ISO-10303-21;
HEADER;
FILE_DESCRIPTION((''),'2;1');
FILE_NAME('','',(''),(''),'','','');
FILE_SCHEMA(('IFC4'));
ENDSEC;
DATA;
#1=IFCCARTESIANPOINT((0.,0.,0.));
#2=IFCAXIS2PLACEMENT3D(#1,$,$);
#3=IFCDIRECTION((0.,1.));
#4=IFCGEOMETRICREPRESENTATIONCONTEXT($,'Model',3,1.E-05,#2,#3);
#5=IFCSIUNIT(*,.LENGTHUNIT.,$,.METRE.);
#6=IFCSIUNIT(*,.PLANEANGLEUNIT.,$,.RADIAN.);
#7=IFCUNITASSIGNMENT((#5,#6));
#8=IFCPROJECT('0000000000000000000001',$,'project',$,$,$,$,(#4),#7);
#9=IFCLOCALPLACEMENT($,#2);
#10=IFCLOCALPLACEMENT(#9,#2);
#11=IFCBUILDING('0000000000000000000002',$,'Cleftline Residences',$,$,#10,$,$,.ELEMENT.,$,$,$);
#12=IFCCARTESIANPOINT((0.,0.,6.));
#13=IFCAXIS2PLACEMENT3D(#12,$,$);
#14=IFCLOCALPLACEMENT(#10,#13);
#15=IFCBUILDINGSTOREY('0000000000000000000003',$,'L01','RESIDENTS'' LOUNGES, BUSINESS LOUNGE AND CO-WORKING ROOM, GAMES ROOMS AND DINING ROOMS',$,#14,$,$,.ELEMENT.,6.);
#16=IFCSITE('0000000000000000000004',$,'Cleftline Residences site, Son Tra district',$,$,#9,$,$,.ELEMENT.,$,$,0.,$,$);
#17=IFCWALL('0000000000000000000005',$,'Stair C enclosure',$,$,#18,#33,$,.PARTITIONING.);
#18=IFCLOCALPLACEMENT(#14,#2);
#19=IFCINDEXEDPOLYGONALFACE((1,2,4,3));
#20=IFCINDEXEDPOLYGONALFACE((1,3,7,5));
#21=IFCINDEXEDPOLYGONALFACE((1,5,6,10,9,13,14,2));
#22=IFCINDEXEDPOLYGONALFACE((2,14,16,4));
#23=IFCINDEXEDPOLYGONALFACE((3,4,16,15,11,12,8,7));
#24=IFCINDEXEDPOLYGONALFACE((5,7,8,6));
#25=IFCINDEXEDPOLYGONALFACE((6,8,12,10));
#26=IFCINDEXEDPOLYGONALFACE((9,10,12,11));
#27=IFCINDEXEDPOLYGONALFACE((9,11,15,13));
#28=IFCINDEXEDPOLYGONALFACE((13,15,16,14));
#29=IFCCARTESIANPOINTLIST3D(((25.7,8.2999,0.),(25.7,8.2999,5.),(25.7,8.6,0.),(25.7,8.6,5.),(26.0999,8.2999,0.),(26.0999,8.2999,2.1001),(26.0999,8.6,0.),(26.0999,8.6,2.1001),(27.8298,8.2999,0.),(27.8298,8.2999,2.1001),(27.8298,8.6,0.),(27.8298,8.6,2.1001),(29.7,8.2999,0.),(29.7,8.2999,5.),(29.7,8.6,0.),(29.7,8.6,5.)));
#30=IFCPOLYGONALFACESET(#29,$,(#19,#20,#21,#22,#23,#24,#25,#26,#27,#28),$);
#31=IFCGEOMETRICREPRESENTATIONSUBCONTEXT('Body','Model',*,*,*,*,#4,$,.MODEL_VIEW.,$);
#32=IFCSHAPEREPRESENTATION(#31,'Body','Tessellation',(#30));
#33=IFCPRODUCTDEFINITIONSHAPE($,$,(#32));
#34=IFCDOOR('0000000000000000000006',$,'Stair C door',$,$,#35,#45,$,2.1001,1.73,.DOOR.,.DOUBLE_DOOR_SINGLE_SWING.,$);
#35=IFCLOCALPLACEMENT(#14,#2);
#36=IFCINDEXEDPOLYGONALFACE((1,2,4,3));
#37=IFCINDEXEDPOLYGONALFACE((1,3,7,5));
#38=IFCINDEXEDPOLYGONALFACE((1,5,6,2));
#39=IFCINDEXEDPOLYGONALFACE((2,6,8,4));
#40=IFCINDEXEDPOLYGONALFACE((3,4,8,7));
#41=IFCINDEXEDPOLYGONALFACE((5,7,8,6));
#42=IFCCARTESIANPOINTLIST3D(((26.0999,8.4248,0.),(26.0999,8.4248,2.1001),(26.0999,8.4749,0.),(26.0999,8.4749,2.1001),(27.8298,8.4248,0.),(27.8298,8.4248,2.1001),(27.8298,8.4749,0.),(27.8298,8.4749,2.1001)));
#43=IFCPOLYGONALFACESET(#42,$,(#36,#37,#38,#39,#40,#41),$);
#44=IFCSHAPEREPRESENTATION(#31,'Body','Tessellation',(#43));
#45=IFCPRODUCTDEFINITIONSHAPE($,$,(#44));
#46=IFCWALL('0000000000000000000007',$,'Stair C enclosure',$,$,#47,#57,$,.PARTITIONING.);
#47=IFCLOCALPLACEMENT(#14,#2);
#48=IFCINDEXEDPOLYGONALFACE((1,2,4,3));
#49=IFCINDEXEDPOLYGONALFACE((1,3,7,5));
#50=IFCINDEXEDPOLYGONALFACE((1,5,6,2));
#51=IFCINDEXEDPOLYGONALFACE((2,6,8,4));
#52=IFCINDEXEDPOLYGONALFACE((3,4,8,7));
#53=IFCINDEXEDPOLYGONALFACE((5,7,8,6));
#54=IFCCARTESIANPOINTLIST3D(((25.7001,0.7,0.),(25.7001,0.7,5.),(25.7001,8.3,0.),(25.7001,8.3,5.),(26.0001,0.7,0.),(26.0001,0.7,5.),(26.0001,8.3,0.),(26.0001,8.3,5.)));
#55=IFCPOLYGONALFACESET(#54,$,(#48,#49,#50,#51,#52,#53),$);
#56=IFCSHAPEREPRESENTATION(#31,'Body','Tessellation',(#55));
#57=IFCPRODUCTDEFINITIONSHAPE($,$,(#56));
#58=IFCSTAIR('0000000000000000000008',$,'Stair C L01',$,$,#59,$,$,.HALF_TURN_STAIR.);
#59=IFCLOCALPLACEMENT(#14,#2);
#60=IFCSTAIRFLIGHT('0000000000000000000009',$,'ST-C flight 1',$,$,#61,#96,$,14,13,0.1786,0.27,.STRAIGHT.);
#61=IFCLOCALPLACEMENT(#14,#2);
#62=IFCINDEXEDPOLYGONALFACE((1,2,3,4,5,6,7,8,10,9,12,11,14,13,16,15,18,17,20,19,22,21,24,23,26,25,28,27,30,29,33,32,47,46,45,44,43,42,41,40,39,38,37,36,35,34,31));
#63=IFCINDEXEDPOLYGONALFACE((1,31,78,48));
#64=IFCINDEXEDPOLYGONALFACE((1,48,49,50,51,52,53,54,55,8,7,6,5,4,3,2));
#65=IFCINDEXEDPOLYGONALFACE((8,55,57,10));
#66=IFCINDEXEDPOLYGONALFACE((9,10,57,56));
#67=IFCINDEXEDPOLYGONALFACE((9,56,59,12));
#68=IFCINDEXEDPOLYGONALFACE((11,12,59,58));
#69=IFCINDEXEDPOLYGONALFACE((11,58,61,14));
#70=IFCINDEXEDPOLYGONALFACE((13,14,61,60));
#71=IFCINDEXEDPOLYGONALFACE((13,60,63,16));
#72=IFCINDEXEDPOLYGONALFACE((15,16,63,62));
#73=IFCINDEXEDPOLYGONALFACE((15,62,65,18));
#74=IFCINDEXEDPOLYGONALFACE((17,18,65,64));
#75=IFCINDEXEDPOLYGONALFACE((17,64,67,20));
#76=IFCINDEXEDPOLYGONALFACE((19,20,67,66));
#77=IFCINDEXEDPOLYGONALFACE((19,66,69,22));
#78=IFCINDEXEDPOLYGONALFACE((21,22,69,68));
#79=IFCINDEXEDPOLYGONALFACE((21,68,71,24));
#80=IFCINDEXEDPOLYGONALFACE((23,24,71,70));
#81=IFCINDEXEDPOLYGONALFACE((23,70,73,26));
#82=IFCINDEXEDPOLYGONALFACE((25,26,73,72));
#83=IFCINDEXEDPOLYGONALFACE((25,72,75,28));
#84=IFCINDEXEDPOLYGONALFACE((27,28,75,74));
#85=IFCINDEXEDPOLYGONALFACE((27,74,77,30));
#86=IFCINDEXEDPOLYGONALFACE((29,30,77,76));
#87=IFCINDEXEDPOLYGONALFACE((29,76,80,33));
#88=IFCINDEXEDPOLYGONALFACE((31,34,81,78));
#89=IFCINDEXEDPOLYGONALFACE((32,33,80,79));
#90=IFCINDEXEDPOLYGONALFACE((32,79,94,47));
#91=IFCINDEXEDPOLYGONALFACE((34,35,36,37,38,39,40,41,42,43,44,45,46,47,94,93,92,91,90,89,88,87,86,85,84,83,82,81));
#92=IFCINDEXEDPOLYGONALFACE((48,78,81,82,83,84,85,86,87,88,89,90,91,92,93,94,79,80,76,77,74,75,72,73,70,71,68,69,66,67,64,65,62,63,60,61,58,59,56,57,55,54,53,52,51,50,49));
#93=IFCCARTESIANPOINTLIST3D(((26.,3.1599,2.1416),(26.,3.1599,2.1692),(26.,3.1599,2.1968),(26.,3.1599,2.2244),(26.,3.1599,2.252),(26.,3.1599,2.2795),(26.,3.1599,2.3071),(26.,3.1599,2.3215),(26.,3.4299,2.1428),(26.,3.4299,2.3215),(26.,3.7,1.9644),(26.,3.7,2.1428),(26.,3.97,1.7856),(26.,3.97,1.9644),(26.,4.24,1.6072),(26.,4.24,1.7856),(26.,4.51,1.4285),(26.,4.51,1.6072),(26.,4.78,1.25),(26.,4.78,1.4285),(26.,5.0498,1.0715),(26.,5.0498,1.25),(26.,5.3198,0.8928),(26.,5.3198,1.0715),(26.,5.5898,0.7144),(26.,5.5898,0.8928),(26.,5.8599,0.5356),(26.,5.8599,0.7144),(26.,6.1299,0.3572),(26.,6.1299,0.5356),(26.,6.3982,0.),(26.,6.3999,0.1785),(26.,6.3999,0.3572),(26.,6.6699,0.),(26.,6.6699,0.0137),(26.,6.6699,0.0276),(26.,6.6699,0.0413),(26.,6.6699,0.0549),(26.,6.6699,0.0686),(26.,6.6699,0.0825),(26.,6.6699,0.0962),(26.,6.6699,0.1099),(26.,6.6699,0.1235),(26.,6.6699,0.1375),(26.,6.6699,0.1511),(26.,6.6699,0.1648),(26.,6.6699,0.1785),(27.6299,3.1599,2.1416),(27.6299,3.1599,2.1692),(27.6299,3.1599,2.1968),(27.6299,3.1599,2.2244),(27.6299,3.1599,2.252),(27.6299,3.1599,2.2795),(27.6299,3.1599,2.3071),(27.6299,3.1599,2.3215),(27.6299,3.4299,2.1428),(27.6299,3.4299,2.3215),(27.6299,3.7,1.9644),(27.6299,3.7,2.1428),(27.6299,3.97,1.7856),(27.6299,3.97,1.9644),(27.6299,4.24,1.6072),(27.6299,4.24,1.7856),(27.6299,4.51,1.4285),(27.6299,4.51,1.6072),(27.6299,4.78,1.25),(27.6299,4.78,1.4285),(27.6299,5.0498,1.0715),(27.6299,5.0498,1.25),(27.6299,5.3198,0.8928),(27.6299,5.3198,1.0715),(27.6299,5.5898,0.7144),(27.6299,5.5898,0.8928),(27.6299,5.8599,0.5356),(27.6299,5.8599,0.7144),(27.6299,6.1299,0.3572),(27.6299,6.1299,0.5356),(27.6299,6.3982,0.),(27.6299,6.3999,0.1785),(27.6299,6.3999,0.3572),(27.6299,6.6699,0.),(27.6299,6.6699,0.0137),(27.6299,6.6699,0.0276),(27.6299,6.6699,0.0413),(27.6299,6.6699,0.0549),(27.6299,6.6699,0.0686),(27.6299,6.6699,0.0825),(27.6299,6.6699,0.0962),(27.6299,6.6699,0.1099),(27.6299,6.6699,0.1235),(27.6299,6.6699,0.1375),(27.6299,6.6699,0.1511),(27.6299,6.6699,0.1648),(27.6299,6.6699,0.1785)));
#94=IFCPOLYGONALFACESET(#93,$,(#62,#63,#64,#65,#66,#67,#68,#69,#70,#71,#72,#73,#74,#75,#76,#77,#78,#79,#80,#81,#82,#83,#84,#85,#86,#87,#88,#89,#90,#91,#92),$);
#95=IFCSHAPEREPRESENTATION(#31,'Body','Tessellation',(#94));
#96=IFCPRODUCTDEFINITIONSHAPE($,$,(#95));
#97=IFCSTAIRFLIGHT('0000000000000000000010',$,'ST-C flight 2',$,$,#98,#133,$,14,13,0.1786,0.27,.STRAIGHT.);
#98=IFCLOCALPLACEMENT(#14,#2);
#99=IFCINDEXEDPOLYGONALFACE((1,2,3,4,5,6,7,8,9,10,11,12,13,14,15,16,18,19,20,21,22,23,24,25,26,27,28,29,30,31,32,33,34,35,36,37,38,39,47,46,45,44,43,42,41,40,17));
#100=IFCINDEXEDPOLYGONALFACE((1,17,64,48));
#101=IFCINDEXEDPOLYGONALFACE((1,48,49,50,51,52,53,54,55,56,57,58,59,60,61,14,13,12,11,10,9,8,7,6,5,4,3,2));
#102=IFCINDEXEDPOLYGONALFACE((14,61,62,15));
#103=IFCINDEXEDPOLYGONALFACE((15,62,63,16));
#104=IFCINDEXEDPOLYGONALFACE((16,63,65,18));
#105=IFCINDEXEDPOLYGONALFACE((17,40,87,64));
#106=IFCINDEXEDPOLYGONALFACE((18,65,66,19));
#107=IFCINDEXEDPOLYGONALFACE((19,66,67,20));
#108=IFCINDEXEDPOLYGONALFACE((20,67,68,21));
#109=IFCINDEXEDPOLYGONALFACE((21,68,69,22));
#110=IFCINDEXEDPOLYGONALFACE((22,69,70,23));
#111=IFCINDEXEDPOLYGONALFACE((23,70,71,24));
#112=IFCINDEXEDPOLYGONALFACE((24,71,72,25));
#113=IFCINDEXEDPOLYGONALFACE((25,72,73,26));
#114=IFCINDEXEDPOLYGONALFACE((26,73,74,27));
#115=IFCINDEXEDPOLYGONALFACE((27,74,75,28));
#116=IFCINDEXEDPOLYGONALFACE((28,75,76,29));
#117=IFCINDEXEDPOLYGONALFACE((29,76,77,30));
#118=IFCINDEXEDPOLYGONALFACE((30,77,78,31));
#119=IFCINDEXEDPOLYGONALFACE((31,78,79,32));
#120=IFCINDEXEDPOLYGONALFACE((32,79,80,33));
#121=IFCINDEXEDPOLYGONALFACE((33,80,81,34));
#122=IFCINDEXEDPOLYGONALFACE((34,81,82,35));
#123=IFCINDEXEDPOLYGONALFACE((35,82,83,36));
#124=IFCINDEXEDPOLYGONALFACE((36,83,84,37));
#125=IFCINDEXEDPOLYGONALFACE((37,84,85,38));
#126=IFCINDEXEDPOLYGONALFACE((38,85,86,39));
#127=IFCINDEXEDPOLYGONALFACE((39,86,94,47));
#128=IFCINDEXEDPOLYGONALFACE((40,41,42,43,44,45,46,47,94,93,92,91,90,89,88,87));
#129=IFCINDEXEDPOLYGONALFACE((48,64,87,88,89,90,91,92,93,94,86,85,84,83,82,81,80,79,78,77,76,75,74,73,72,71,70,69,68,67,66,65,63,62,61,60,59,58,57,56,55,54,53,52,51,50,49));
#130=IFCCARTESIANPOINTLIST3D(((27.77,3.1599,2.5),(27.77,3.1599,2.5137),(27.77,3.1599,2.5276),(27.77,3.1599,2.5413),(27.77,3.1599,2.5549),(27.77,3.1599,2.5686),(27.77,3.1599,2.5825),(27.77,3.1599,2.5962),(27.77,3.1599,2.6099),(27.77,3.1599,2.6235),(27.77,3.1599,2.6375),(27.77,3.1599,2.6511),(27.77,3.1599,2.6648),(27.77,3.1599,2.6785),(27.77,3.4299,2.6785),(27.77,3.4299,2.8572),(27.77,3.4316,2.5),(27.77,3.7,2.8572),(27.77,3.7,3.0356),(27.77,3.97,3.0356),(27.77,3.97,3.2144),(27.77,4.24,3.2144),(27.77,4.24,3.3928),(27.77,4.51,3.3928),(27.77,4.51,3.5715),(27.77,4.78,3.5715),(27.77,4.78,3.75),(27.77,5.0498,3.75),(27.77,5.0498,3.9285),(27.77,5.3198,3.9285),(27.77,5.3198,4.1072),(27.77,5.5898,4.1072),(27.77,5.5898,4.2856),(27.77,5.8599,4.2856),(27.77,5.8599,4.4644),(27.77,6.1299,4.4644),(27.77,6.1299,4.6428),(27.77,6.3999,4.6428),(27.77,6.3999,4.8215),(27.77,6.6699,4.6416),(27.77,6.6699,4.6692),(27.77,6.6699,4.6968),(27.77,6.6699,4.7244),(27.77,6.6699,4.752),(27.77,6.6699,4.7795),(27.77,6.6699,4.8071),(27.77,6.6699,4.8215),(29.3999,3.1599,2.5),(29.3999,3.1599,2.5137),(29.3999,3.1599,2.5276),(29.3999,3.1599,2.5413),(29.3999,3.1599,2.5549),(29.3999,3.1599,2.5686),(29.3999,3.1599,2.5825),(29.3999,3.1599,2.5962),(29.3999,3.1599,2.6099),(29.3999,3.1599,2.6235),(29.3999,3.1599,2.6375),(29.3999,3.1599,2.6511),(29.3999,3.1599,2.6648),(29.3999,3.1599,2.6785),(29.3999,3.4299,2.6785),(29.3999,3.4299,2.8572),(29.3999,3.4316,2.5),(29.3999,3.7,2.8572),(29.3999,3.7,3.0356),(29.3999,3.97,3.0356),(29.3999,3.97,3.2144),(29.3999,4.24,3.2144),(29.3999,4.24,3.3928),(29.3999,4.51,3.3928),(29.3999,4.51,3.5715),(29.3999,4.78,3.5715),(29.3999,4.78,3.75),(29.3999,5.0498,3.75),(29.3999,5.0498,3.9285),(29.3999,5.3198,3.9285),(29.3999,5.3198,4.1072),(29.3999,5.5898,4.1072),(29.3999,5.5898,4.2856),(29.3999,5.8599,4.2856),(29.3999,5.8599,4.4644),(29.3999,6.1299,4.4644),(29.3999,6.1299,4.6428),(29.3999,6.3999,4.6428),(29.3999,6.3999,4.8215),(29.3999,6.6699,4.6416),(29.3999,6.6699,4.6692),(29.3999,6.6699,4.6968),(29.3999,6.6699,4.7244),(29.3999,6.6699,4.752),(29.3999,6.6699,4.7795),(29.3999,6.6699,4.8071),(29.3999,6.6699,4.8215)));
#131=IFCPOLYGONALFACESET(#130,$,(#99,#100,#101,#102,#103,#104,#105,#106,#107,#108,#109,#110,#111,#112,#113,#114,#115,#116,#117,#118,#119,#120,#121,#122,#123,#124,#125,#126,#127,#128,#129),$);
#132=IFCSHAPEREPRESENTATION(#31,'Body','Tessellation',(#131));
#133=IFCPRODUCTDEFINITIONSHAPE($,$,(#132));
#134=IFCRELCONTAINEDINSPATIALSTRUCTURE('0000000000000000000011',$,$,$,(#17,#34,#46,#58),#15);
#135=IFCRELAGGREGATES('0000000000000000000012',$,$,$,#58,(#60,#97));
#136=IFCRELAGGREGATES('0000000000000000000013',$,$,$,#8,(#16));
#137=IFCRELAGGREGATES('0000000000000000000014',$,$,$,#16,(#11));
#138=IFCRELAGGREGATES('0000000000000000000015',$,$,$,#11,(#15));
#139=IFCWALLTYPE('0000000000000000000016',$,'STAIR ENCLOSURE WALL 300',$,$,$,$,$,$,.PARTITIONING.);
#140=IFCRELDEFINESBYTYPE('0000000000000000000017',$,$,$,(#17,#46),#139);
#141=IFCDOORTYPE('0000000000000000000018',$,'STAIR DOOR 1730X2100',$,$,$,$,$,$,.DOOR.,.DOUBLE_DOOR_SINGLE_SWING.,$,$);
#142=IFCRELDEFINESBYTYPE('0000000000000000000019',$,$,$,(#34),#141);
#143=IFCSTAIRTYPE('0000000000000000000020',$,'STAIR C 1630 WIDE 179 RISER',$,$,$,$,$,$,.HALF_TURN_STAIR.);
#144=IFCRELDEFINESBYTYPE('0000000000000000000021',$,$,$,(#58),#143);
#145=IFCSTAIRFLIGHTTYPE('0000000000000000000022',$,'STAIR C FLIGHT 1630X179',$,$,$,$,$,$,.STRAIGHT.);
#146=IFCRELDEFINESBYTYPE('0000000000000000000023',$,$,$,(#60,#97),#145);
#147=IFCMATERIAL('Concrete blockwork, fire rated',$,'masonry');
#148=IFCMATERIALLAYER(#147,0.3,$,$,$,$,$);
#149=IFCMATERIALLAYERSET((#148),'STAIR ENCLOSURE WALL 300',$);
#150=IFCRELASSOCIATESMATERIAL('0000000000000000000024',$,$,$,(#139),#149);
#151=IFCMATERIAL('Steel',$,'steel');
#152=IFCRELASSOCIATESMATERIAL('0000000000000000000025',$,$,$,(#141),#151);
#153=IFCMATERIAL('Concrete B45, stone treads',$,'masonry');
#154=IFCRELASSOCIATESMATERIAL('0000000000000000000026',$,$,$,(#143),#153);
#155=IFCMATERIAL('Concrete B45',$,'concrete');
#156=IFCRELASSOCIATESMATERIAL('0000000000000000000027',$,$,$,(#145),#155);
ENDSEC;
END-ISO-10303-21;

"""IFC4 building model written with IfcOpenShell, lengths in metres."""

from ifc_helpers import new_model, si_unit, direction, frame, frame_2d, origin, place, context, subcontext, project, spatial, polyline, rectangle, outline, extrude, material, layer, layer_set, type_object, element, fill, aggregate, save


model = new_model("IFC4")

# Units and contexts
model_context = context("Model", 3, precision=1e-05, world=origin(), true_north=direction((0.0, 1.0)))
body_context = subcontext(model_context, "Body", "Model", "MODEL_VIEW")
ifc_project = project(units=[si_unit("LENGTHUNIT", "METRE"), si_unit("PLANEANGLEUNIT", "RADIAN")], contexts=[model_context])

# Site, building, storey
site_placement = place(None, origin())
site = spatial("IfcSite", under=ifc_project, at=site_placement, Name="Cleftline Residences site, Son Tra district", CompositionType="ELEMENT", RefElevation=0.0)
building_placement = place(site_placement, origin())
building = spatial("IfcBuilding", under=site, at=building_placement, Name="Cleftline Residences", CompositionType="ELEMENT")
storey_placement = place(building_placement, frame((0.0, 0.0, 6.0)))
storey = spatial("IfcBuildingStorey", under=building, at=storey_placement, Name="L01", Description="RESIDENTS' LOUNGES, BUSINESS LOUNGE AND CO-WORKING ROOM, GAMES ROOMS AND DINING ROOMS", CompositionType="ELEMENT", Elevation=6.0)

# Shared definitions
ifc_material_1 = material(Name="Concrete blockwork, fire rated", Category="masonry")
ifc_layer_1 = layer(ifc_material_1, 0.3)
ifc_layer_set_1 = layer_set([ifc_layer_1], Name="STAIR ENCLOSURE WALL 300")
wall_type_1 = type_object("IfcWallType", Name="STAIR ENCLOSURE WALL 300", PredefinedType="PARTITIONING", material=ifc_layer_set_1)

# Wall, opening, door
wall_1_placement = place(storey_placement, frame((25.7, 8.45, 0.0), z_axis=(0.0, 0.0, 1.0), x_axis=(1.0, 0.0, 0.0)))
wall_1 = element("IfcWall", 1, at=wall_1_placement, inside=storey, type_object=wall_type_1, Name="Stair C enclosure", PredefinedType="PARTITIONING", context=body_context, shape_type="SweptSolid", body=[
    extrude(rectangle(XDim=4.0, YDim=0.3, at=frame_2d((2.0, 0.0))), origin(), (0.0, 0.0, 1.0), 5.0),
])
opening_1_placement = place(wall_1_placement, frame((0.3999, 0.0, 0.0)))
opening_1 = element("IfcOpeningElement", 2, at=opening_1_placement, cuts=wall_1, PredefinedType="OPENING", context=body_context, shape_type="SweptSolid", body=[
    extrude(rectangle(XDim=1.73, YDim=2.1001, at=frame_2d((0.865, 1.05))), frame((0.0, 0.1599, 0.0), z_axis=(0.0, -1.0, 0.0), x_axis=(1.0, 0.0, 0.0)), (0.0, 0.0, 1.0), 0.3201),
])
ifc_material_2 = material(Name="Steel", Category="steel")
door_type_1 = type_object("IfcDoorType", Name="STAIR DOOR 1730X2100", OperationType="DOUBLE_DOOR_SINGLE_SWING", PredefinedType="DOOR", material=ifc_material_2)
door_1_placement = place(opening_1_placement, origin())
door_1 = element("IfcDoor", 3, at=door_1_placement, inside=storey, type_object=door_type_1, Name="Stair C door", OperationType="DOUBLE_DOOR_SINGLE_SWING", OverallHeight=2.1001, OverallWidth=1.73, PredefinedType="DOOR", context=body_context, shape_type="SweptSolid", body=[
    extrude(rectangle(XDim=1.73, YDim=2.1001, at=frame_2d((0.865, 1.05))), frame((0.0, 0.0249, 0.0), z_axis=(0.0, -1.0, 0.0), x_axis=(1.0, 0.0, 0.0)), (0.0, 0.0, 1.0), 0.05),
])
fill(opening_1, door_1)

# Wall
wall_2_placement = place(storey_placement, frame((25.8501, 0.7, 0.0), z_axis=(0.0, 0.0, 1.0), x_axis=(0.0, 1.0, 0.0)))
element("IfcWall", 4, at=wall_2_placement, inside=storey, type_object=wall_type_1, Name="Stair C enclosure", PredefinedType="PARTITIONING", context=body_context, shape_type="SweptSolid", body=[
    extrude(rectangle(XDim=7.6001, YDim=0.3, at=frame_2d((3.8, 0.0))), origin(), (0.0, 0.0, 1.0), 5.0),
])

# Stair, stair flights
ifc_material_3 = material(Name="Concrete B45, stone treads", Category="masonry")
stair_type = type_object("IfcStairType", Name="STAIR C 1630 WIDE 179 RISER", PredefinedType="HALF_TURN_STAIR", material=ifc_material_3)
stair_placement = place(storey_placement, origin())
stair = element("IfcStair", 5, at=stair_placement, inside=storey, type_object=stair_type, Name="Stair C L01", PredefinedType="HALF_TURN_STAIR")
ifc_material_4 = material(Name="Concrete B45", Category="concrete")
stair_flight_type = type_object("IfcStairFlightType", Name="STAIR C FLIGHT 1630X179", PredefinedType="STRAIGHT", material=ifc_material_4)
stair_flight_1_placement = place(storey_placement, frame((26.8149, 6.6699, 0.0), z_axis=(0.0, 0.0, 1.0), x_axis=(0.0, -1.0, 0.0)))
stair_flight_1 = element("IfcStairFlight", 6, at=stair_flight_1_placement, type_object=stair_flight_type, Name="ST-C flight 1", NumberOfRisers=14, NumberOfTreads=13, PredefinedType="STRAIGHT", RiserHeight=0.1786, TreadLength=0.27, context=body_context, shape_type="SweptSolid", body=[
    extrude(outline(polyline([(0.0, 0.0), (0.0, 0.0137), (0.0, 0.0276), (0.0, 0.0413), (0.0, 0.0549), (0.0, 0.0686), (0.0, 0.0825), (0.0, 0.0962), (0.0, 0.1099), (0.0, 0.1235), (0.0, 0.1375), (0.0, 0.1511), (0.0, 0.1648), (0.0, 0.1785), (0.27, 0.1785), (0.27, 0.3572), (0.54, 0.3572), (0.54, 0.5356), (0.8101, 0.5356), (0.8101, 0.7144), (1.0801, 0.7144), (1.0801, 0.8928), (1.3501, 0.8928), (1.3501, 1.0715), (1.6201, 1.0715), (1.6201, 1.25), (1.8899, 1.25), (1.8899, 1.4285), (2.1599, 1.4285), (2.1599, 1.6072), (2.4299, 1.6072), (2.4299, 1.7856), (2.7, 1.7856), (2.7, 1.9644), (2.97, 1.9644), (2.97, 2.1428), (3.24, 2.1428), (3.24, 2.3215), (3.51, 2.3215), (3.51, 2.5), (3.51, 2.4724), (3.51, 2.4448), (3.51, 2.4172), (3.51, 2.3896), (3.51, 2.3623), (3.51, 2.3347), (3.51, 2.3071), (3.51, 2.2795), (3.51, 2.252), (3.51, 2.2244), (3.51, 2.1968), (3.51, 2.1692), (3.51, 2.1416), (0.2717, 0.0), (0.0, 0.0)])), frame((0.0, 0.8149, 0.0), z_axis=(0.0, -1.0, 0.0), x_axis=(1.0, 0.0, 0.0)), (0.0, 0.0, 1.0), 1.6299),
])
stair_flight_2_placement = place(storey_placement, frame((28.585, 3.1599, 2.5), z_axis=(0.0, 0.0, 1.0), x_axis=(0.0, 1.0, 0.0)))
stair_flight_2 = element("IfcStairFlight", 7, at=stair_flight_2_placement, type_object=stair_flight_type, Name="ST-C flight 2", NumberOfRisers=14, NumberOfTreads=13, PredefinedType="STRAIGHT", RiserHeight=0.1786, TreadLength=0.27, context=body_context, shape_type="SweptSolid", body=[
    extrude(outline(polyline([(0.0, 0.0), (0.0, 0.0137), (0.0, 0.0276), (0.0, 0.0413), (0.0, 0.0549), (0.0, 0.0686), (0.0, 0.0825), (0.0, 0.0962), (0.0, 0.1099), (0.0, 0.1235), (0.0, 0.1375), (0.0, 0.1511), (0.0, 0.1648), (0.0, 0.1785), (0.27, 0.1785), (0.27, 0.3572), (0.54, 0.3572), (0.54, 0.5356), (0.8101, 0.5356), (0.8101, 0.7144), (1.0801, 0.7144), (1.0801, 0.8928), (1.3501, 0.8928), (1.3501, 1.0715), (1.6201, 1.0715), (1.6201, 1.25), (1.8899, 1.25), (1.8899, 1.4285), (2.1599, 1.4285), (2.1599, 1.6072), (2.4299, 1.6072), (2.4299, 1.7856), (2.7, 1.7856), (2.7, 1.9644), (2.97, 1.9644), (2.97, 2.1428), (3.24, 2.1428), (3.24, 2.3215), (3.51, 2.3215), (3.51, 2.5), (3.51, 2.4724), (3.51, 2.4448), (3.51, 2.4172), (3.51, 2.3896), (3.51, 2.3623), (3.51, 2.3347), (3.51, 2.3071), (3.51, 2.2795), (3.51, 2.252), (3.51, 2.2244), (3.51, 2.1968), (3.51, 2.1692), (3.51, 2.1416), (0.2717, 0.0), (0.0, 0.0)])), frame((0.0, 0.8149, 0.0), z_axis=(0.0, -1.0, 0.0), x_axis=(1.0, 0.0, 0.0)), (0.0, 0.0, 1.0), 1.6299),
])
aggregate(stair, [stair_flight_1, stair_flight_2])

save(model, "model.ifc")
